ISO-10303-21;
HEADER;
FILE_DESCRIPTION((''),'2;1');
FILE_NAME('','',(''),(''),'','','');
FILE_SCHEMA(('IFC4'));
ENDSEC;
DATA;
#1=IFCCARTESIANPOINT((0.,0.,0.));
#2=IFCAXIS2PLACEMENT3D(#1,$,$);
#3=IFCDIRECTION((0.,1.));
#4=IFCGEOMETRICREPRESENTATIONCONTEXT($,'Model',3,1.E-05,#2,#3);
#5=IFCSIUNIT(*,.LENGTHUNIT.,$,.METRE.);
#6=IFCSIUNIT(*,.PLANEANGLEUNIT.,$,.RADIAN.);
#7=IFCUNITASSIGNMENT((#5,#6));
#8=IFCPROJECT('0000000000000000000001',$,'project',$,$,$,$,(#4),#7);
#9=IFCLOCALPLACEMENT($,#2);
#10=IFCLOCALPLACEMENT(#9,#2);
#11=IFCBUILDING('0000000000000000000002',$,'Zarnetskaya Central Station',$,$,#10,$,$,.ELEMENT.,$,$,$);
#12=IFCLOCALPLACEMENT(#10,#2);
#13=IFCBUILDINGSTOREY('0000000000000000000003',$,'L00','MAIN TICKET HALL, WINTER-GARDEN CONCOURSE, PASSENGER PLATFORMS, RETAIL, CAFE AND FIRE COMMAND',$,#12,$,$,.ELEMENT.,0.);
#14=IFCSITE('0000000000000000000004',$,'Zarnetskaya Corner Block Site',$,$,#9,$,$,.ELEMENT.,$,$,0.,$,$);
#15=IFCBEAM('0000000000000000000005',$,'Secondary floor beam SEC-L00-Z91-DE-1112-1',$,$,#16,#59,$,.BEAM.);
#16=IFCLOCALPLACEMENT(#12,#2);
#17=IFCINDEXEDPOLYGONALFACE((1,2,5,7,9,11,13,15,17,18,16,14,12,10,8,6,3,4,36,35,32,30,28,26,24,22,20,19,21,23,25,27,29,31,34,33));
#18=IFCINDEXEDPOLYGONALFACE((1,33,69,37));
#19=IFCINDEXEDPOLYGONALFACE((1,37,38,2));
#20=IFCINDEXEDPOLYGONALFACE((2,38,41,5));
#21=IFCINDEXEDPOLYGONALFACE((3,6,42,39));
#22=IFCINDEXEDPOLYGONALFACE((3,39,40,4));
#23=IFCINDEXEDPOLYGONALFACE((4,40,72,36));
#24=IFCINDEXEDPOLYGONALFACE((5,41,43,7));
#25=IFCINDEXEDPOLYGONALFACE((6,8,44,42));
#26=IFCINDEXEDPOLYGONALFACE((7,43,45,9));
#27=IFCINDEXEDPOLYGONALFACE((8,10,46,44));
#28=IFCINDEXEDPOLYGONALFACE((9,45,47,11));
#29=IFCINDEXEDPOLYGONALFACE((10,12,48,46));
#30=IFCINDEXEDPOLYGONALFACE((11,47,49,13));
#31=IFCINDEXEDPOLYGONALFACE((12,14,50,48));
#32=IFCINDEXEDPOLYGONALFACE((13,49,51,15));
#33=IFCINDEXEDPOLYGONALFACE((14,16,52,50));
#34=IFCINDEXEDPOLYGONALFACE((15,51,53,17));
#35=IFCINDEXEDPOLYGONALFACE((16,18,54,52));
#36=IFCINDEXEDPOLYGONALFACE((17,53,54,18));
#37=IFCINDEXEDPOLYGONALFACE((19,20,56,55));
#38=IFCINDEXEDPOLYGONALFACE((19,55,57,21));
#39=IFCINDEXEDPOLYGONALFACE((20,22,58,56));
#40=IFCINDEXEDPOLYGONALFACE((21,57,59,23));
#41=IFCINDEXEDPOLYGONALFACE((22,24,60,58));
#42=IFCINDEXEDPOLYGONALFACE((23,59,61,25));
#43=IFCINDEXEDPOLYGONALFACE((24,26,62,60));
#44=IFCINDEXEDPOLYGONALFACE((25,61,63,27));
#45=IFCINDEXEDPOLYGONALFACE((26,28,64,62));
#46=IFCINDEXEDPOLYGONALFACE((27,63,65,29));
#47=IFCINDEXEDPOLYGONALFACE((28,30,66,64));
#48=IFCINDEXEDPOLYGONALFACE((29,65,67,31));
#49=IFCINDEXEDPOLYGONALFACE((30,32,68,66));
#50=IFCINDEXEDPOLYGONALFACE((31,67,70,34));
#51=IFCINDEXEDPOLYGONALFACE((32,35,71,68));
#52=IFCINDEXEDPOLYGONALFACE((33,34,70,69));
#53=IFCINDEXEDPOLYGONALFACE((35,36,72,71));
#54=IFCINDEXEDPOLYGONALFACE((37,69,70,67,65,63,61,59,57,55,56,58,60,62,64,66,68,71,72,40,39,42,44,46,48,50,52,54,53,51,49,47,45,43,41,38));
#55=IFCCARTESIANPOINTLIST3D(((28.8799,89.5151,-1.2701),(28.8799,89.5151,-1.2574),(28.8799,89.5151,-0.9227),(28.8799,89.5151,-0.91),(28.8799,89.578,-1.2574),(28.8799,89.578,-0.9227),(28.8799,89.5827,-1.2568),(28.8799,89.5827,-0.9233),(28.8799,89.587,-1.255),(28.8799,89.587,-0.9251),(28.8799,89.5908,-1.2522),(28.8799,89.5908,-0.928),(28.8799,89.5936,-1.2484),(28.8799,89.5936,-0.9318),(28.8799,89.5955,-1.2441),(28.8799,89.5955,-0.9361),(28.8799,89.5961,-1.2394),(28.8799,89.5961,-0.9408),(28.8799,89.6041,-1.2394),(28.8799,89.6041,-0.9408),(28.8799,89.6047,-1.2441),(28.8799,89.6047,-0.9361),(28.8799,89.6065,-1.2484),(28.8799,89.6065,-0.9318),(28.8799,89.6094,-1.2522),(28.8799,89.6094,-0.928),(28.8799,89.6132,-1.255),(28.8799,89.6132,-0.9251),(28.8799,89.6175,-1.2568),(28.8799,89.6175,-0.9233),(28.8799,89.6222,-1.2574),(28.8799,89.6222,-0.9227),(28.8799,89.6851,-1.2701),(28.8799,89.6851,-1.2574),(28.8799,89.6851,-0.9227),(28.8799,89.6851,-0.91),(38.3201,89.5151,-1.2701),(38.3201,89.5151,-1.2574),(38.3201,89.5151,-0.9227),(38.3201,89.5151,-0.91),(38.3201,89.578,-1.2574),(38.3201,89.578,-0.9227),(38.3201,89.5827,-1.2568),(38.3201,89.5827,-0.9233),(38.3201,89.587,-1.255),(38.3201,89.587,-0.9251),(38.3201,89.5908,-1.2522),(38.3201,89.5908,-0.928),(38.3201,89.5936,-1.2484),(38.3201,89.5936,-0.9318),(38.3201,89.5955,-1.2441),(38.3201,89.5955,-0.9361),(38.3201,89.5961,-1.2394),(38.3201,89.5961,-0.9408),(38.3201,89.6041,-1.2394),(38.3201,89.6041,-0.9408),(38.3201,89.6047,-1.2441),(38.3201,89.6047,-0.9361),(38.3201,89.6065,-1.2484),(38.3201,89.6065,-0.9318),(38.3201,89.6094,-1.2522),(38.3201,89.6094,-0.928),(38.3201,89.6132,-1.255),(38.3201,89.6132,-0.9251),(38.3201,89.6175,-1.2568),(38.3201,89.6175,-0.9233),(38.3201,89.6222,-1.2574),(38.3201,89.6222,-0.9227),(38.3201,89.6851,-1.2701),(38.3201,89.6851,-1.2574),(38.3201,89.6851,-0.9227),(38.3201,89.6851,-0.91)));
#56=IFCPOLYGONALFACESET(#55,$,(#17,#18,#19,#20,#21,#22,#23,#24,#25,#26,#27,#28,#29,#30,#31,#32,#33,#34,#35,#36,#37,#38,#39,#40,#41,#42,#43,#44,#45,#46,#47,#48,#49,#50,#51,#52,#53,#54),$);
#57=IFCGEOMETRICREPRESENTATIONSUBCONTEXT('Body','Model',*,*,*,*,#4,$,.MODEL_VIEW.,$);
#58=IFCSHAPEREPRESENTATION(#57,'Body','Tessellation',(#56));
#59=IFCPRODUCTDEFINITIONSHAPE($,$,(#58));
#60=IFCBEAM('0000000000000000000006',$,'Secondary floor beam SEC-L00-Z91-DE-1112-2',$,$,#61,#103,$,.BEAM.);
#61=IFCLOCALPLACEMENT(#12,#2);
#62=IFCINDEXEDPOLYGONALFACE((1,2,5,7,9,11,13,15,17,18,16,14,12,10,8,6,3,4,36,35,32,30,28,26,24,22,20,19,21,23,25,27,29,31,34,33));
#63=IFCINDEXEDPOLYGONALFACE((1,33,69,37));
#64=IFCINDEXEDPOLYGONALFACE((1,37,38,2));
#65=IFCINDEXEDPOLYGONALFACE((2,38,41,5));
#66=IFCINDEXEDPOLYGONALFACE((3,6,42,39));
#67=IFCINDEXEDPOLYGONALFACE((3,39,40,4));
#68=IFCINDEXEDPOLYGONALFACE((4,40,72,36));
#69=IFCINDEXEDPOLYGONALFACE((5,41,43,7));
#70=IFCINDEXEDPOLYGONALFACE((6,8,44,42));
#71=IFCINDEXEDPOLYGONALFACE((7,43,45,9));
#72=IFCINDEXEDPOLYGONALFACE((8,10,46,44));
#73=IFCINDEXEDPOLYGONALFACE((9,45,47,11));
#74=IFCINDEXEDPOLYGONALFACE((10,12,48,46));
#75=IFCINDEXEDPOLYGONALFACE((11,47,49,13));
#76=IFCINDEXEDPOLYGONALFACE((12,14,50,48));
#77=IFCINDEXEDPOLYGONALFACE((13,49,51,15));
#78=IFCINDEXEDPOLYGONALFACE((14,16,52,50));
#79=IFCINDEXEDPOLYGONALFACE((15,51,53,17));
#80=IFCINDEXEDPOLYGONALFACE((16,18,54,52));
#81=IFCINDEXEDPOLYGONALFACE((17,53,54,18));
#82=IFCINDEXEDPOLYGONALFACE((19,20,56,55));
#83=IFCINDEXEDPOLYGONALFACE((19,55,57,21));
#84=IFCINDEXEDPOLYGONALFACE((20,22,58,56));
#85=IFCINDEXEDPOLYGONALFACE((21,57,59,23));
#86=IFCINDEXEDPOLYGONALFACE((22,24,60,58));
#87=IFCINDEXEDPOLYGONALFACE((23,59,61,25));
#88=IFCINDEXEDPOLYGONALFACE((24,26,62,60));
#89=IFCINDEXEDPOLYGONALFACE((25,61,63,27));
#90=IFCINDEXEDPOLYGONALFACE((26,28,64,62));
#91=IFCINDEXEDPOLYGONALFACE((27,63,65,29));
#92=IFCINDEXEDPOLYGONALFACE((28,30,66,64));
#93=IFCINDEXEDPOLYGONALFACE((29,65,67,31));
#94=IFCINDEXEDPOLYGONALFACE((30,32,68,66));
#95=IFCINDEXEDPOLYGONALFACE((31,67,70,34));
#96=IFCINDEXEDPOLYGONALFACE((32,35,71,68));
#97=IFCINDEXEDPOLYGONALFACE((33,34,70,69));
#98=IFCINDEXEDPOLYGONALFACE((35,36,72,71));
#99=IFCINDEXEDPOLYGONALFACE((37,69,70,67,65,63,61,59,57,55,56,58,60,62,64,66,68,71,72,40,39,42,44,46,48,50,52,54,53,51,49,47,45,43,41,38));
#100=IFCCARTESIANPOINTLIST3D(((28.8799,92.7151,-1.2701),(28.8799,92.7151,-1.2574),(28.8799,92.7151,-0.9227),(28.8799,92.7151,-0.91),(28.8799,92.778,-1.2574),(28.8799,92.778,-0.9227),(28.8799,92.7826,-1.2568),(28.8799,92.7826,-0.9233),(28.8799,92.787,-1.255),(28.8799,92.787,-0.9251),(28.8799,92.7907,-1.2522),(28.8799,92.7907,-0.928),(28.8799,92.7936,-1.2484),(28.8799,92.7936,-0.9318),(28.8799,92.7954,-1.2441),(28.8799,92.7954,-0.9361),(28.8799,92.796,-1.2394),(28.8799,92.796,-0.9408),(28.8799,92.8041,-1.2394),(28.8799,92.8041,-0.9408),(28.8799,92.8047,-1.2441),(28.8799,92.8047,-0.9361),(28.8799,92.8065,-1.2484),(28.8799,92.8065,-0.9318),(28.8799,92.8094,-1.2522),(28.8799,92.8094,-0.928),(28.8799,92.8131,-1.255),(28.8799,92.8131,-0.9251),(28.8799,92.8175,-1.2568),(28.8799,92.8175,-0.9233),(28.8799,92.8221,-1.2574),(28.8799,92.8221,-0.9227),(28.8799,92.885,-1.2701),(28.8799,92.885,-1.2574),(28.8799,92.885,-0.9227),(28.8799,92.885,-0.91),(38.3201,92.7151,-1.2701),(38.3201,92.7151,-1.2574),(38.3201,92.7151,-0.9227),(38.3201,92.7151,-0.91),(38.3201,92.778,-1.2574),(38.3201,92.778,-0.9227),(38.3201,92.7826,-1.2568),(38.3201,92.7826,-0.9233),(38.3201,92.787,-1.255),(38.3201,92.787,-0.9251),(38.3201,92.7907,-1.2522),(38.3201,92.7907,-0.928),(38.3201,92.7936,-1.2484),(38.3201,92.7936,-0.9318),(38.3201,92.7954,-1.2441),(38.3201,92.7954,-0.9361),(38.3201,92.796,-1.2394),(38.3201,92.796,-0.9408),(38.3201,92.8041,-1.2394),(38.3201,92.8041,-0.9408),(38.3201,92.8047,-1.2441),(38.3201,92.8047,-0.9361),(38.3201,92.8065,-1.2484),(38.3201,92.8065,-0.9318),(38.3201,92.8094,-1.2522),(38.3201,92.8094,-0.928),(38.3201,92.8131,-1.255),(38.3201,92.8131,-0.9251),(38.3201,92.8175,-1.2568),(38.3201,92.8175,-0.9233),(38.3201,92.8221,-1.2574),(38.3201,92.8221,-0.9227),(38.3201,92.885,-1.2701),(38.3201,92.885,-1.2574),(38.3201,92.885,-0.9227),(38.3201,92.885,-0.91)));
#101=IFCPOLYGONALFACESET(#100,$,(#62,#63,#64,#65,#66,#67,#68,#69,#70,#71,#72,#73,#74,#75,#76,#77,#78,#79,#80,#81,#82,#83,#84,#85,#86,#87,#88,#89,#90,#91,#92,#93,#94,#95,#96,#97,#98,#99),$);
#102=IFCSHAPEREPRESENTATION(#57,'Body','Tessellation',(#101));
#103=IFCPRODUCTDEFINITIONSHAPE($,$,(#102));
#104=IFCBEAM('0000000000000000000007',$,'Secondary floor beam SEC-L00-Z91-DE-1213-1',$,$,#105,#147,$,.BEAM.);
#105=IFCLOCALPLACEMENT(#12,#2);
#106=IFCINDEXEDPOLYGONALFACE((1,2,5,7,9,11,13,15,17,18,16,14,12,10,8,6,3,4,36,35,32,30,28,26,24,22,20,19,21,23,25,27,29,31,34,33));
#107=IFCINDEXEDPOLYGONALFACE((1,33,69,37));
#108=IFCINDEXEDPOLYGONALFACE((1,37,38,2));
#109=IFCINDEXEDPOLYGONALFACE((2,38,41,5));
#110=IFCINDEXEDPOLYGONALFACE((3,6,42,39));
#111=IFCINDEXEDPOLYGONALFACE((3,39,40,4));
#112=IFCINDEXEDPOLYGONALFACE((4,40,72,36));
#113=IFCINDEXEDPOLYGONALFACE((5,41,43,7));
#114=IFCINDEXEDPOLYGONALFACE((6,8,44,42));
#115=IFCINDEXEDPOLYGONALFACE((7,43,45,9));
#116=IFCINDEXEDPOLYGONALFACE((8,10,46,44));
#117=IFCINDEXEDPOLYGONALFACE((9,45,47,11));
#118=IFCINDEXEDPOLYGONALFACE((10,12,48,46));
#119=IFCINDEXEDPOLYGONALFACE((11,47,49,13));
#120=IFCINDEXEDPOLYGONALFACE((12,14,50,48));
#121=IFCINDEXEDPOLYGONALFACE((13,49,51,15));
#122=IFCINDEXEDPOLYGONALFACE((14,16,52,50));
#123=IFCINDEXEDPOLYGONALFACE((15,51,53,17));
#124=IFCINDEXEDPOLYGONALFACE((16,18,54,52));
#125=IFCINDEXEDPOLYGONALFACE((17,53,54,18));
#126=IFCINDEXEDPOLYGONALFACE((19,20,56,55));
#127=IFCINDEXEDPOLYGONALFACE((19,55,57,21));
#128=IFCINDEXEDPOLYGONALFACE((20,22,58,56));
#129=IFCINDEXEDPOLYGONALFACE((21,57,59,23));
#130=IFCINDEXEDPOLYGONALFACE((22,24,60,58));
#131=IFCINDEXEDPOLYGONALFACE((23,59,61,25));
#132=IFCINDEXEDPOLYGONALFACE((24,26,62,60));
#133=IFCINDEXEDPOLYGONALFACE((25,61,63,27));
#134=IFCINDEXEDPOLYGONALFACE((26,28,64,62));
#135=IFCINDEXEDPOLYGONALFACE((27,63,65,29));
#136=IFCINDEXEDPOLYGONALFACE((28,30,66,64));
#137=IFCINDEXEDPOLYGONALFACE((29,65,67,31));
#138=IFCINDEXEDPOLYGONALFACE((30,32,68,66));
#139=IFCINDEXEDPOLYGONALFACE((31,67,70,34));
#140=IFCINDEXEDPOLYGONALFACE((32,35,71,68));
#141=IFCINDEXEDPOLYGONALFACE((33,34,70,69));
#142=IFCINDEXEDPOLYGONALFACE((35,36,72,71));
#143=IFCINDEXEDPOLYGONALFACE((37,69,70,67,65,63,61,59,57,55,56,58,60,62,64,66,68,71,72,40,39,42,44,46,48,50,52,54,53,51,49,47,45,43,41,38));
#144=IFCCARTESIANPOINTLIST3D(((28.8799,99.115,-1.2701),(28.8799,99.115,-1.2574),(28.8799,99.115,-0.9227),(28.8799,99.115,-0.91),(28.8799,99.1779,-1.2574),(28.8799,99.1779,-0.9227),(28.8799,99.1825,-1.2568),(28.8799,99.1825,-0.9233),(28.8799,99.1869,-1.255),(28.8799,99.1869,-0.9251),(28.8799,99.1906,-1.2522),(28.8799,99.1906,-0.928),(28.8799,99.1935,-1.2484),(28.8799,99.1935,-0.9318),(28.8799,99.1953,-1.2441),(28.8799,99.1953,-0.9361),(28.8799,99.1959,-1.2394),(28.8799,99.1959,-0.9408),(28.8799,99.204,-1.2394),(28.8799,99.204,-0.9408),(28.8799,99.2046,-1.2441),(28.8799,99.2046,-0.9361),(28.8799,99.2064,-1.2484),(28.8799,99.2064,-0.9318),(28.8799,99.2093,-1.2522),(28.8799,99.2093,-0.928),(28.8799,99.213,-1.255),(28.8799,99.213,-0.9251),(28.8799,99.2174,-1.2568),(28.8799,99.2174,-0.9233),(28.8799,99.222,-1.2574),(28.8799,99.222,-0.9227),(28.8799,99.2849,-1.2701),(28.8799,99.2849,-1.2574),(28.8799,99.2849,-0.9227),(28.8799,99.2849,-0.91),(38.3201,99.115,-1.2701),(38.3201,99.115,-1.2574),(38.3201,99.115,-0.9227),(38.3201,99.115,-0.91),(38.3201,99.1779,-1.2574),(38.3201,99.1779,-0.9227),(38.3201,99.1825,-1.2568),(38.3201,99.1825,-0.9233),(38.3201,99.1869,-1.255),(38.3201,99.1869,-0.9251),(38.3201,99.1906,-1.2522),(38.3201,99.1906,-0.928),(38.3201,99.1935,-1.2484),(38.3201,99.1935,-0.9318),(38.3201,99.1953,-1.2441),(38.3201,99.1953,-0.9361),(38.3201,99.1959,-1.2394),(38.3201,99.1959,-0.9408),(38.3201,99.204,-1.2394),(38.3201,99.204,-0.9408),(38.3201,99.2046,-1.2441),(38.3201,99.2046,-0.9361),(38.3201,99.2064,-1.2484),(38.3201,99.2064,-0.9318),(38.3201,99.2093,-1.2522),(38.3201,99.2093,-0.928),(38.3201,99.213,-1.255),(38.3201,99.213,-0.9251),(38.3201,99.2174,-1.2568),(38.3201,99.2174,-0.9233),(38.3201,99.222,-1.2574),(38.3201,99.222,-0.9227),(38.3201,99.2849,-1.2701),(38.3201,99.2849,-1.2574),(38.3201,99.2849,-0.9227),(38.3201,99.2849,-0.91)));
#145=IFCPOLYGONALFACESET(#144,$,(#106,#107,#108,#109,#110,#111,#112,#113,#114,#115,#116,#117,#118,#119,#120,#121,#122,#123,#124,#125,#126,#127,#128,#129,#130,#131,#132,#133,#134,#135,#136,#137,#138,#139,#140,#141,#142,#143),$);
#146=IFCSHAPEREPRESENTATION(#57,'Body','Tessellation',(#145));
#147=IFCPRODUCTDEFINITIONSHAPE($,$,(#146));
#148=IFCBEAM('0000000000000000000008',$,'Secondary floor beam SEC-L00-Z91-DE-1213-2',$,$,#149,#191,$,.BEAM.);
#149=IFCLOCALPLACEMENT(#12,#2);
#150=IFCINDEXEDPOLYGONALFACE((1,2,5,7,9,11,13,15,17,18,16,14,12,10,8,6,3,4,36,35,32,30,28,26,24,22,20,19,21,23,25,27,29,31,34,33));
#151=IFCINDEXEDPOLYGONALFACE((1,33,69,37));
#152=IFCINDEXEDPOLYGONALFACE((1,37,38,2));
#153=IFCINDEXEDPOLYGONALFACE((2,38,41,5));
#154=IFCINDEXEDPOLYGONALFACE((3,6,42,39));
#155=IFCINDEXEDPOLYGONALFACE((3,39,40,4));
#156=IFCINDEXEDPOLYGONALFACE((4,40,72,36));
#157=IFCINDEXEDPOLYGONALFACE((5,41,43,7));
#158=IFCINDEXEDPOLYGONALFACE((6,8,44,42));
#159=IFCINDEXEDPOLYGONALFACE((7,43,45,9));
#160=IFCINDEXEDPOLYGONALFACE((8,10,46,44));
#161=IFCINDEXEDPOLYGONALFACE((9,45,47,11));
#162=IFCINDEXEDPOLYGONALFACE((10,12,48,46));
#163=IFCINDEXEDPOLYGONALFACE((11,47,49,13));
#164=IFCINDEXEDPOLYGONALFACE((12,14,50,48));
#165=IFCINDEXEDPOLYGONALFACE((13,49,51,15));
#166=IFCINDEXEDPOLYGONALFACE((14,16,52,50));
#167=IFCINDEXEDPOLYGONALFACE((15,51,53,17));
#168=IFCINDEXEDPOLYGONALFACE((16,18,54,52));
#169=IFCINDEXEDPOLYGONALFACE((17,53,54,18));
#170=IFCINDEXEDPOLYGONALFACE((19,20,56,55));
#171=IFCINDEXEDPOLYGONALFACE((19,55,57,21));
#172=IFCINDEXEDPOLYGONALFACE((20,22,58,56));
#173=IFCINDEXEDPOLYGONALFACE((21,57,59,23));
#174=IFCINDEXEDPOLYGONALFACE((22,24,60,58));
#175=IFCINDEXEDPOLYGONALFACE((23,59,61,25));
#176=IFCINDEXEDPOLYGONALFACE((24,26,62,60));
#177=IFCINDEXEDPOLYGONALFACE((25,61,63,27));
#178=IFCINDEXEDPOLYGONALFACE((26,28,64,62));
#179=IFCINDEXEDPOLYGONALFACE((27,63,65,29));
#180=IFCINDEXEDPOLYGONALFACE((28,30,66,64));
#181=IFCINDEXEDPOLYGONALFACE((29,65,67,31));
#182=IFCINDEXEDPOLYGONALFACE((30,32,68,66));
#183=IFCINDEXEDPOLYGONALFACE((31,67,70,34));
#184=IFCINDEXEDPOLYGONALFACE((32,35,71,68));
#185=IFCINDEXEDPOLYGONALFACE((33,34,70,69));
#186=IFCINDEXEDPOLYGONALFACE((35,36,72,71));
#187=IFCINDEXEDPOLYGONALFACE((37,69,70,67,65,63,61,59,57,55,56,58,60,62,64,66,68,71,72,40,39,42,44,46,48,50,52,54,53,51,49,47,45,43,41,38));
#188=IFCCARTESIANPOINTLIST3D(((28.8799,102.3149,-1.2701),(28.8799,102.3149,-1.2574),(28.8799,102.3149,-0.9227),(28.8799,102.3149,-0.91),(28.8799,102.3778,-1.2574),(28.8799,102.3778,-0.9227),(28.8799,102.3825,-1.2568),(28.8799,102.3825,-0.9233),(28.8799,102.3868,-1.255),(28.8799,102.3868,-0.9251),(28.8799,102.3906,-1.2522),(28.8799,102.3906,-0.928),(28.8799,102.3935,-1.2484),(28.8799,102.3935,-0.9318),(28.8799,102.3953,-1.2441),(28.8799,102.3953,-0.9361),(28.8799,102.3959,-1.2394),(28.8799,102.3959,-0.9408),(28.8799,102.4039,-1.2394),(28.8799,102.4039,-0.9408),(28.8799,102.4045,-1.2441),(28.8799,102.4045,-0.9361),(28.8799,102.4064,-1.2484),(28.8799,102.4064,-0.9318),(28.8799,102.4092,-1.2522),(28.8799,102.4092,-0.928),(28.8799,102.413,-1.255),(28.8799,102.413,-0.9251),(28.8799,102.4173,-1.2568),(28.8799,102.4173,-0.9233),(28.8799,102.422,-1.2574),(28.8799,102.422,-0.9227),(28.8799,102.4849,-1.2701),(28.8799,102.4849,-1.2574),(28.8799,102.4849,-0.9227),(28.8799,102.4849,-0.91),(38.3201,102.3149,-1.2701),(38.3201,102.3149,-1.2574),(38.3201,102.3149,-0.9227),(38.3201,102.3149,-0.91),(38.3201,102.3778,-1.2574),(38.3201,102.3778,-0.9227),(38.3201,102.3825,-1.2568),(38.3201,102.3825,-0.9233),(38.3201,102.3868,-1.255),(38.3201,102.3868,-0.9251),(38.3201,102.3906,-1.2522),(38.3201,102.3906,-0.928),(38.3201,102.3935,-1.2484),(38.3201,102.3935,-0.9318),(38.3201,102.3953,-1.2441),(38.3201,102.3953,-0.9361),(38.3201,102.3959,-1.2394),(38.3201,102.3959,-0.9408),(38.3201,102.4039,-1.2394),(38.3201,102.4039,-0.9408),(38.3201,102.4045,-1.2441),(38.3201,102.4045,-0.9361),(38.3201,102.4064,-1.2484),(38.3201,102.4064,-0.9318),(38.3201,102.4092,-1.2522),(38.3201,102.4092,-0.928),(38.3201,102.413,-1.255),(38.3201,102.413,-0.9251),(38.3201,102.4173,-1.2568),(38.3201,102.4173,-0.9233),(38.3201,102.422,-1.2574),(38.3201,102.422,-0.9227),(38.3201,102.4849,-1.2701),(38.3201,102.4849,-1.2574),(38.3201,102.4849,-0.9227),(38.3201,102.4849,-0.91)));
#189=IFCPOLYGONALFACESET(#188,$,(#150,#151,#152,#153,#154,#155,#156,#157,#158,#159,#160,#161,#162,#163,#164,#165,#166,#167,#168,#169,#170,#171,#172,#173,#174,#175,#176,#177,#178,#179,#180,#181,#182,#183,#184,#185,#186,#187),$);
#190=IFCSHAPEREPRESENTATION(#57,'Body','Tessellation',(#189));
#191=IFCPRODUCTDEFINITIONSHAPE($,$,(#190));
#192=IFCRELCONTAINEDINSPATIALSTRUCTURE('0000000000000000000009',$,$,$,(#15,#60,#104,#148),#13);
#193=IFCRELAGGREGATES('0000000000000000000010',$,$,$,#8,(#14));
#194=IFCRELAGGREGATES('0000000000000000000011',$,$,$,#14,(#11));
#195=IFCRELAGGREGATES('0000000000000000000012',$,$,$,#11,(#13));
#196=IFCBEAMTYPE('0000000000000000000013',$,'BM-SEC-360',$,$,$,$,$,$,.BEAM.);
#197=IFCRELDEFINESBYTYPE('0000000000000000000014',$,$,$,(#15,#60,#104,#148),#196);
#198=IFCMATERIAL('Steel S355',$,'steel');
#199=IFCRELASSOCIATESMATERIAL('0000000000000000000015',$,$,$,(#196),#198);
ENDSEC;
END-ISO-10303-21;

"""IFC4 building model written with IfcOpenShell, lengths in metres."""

from ifc_helpers import new_model, si_unit, direction, frame, origin, origin_2d, place, context, subcontext, project, spatial, i_section, extrude, material, material_profile, profile_set, type_object, element, save


model = new_model("IFC4")

# Units and contexts
model_context = context("Model", 3, precision=1e-05, world=origin(), true_north=direction((0.0, 1.0)))
body_context = subcontext(model_context, "Body", "Model", "MODEL_VIEW")
ifc_project = project(units=[si_unit("LENGTHUNIT", "METRE"), si_unit("PLANEANGLEUNIT", "RADIAN")], contexts=[model_context])

# Site, building, storey
site_placement = place(None, origin())
site = spatial("IfcSite", under=ifc_project, at=site_placement, Name="Zarnetskaya Corner Block Site", CompositionType="ELEMENT", RefElevation=0.0)
building_placement = place(site_placement, origin())
building = spatial("IfcBuilding", under=site, at=building_placement, Name="Zarnetskaya Central Station", CompositionType="ELEMENT")
storey_placement = place(building_placement, origin())
storey = spatial("IfcBuildingStorey", under=building, at=storey_placement, Name="L00", Description="MAIN TICKET HALL, WINTER-GARDEN CONCOURSE, PASSENGER PLATFORMS, RETAIL, CAFE AND FIRE COMMAND", CompositionType="ELEMENT", Elevation=0.0)

# Shared definitions
ifc_material = material(Name="Steel S355", Category="steel")

# Beams
ifc_material_profile_1 = material_profile(ifc_material, i_section(OverallWidth=0.1699, OverallDepth=0.3601, WebThickness=0.0081, FlangeThickness=0.0127, FilletRadius=0.0181, at=origin_2d()), Name="IPE 360")
ifc_profile_set_1 = profile_set([ifc_material_profile_1], Name="Steel S355")
beam_type_1 = type_object("IfcBeamType", Name="BM-SEC-360", PredefinedType="BEAM", material=ifc_profile_set_1)
for number, where, z_axis, x_axis, name in (
    (1, (28.8799, 89.6001, -1.0901), (1.0, 0.0, 0.0), (0.0, 1.0, 0.0), "Secondary floor beam SEC-L00-Z91-DE-1112-1"),
    (2, (28.8799, 92.8, -1.0901), (1.0, 0.0, 0.0), (0.0, 1.0, 0.0), "Secondary floor beam SEC-L00-Z91-DE-1112-2"),
    (3, (28.8799, 99.2, -1.0901), (1.0, 0.0, 0.0), (0.0, 1.0, 0.0), "Secondary floor beam SEC-L00-Z91-DE-1213-1"),
    (4, (28.8799, 102.3999, -1.0901), (1.0, 0.0, 0.0), (0.0, 1.0, 0.0), "Secondary floor beam SEC-L00-Z91-DE-1213-2"),
):
    element("IfcBeam", number, at=place(storey_placement, frame(where, z_axis=z_axis, x_axis=x_axis)), inside=storey, type_object=beam_type_1, Name=name, PredefinedType="BEAM", context=body_context, shape_type="SweptSolid", body=[
        extrude(i_section(OverallWidth=0.1699, OverallDepth=0.3601, WebThickness=0.0081, FlangeThickness=0.0127, FilletRadius=0.0181, at=origin_2d()), origin(), (0.0, 0.0, 1.0), 9.4402),
    ])

save(model, "model.ifc")
